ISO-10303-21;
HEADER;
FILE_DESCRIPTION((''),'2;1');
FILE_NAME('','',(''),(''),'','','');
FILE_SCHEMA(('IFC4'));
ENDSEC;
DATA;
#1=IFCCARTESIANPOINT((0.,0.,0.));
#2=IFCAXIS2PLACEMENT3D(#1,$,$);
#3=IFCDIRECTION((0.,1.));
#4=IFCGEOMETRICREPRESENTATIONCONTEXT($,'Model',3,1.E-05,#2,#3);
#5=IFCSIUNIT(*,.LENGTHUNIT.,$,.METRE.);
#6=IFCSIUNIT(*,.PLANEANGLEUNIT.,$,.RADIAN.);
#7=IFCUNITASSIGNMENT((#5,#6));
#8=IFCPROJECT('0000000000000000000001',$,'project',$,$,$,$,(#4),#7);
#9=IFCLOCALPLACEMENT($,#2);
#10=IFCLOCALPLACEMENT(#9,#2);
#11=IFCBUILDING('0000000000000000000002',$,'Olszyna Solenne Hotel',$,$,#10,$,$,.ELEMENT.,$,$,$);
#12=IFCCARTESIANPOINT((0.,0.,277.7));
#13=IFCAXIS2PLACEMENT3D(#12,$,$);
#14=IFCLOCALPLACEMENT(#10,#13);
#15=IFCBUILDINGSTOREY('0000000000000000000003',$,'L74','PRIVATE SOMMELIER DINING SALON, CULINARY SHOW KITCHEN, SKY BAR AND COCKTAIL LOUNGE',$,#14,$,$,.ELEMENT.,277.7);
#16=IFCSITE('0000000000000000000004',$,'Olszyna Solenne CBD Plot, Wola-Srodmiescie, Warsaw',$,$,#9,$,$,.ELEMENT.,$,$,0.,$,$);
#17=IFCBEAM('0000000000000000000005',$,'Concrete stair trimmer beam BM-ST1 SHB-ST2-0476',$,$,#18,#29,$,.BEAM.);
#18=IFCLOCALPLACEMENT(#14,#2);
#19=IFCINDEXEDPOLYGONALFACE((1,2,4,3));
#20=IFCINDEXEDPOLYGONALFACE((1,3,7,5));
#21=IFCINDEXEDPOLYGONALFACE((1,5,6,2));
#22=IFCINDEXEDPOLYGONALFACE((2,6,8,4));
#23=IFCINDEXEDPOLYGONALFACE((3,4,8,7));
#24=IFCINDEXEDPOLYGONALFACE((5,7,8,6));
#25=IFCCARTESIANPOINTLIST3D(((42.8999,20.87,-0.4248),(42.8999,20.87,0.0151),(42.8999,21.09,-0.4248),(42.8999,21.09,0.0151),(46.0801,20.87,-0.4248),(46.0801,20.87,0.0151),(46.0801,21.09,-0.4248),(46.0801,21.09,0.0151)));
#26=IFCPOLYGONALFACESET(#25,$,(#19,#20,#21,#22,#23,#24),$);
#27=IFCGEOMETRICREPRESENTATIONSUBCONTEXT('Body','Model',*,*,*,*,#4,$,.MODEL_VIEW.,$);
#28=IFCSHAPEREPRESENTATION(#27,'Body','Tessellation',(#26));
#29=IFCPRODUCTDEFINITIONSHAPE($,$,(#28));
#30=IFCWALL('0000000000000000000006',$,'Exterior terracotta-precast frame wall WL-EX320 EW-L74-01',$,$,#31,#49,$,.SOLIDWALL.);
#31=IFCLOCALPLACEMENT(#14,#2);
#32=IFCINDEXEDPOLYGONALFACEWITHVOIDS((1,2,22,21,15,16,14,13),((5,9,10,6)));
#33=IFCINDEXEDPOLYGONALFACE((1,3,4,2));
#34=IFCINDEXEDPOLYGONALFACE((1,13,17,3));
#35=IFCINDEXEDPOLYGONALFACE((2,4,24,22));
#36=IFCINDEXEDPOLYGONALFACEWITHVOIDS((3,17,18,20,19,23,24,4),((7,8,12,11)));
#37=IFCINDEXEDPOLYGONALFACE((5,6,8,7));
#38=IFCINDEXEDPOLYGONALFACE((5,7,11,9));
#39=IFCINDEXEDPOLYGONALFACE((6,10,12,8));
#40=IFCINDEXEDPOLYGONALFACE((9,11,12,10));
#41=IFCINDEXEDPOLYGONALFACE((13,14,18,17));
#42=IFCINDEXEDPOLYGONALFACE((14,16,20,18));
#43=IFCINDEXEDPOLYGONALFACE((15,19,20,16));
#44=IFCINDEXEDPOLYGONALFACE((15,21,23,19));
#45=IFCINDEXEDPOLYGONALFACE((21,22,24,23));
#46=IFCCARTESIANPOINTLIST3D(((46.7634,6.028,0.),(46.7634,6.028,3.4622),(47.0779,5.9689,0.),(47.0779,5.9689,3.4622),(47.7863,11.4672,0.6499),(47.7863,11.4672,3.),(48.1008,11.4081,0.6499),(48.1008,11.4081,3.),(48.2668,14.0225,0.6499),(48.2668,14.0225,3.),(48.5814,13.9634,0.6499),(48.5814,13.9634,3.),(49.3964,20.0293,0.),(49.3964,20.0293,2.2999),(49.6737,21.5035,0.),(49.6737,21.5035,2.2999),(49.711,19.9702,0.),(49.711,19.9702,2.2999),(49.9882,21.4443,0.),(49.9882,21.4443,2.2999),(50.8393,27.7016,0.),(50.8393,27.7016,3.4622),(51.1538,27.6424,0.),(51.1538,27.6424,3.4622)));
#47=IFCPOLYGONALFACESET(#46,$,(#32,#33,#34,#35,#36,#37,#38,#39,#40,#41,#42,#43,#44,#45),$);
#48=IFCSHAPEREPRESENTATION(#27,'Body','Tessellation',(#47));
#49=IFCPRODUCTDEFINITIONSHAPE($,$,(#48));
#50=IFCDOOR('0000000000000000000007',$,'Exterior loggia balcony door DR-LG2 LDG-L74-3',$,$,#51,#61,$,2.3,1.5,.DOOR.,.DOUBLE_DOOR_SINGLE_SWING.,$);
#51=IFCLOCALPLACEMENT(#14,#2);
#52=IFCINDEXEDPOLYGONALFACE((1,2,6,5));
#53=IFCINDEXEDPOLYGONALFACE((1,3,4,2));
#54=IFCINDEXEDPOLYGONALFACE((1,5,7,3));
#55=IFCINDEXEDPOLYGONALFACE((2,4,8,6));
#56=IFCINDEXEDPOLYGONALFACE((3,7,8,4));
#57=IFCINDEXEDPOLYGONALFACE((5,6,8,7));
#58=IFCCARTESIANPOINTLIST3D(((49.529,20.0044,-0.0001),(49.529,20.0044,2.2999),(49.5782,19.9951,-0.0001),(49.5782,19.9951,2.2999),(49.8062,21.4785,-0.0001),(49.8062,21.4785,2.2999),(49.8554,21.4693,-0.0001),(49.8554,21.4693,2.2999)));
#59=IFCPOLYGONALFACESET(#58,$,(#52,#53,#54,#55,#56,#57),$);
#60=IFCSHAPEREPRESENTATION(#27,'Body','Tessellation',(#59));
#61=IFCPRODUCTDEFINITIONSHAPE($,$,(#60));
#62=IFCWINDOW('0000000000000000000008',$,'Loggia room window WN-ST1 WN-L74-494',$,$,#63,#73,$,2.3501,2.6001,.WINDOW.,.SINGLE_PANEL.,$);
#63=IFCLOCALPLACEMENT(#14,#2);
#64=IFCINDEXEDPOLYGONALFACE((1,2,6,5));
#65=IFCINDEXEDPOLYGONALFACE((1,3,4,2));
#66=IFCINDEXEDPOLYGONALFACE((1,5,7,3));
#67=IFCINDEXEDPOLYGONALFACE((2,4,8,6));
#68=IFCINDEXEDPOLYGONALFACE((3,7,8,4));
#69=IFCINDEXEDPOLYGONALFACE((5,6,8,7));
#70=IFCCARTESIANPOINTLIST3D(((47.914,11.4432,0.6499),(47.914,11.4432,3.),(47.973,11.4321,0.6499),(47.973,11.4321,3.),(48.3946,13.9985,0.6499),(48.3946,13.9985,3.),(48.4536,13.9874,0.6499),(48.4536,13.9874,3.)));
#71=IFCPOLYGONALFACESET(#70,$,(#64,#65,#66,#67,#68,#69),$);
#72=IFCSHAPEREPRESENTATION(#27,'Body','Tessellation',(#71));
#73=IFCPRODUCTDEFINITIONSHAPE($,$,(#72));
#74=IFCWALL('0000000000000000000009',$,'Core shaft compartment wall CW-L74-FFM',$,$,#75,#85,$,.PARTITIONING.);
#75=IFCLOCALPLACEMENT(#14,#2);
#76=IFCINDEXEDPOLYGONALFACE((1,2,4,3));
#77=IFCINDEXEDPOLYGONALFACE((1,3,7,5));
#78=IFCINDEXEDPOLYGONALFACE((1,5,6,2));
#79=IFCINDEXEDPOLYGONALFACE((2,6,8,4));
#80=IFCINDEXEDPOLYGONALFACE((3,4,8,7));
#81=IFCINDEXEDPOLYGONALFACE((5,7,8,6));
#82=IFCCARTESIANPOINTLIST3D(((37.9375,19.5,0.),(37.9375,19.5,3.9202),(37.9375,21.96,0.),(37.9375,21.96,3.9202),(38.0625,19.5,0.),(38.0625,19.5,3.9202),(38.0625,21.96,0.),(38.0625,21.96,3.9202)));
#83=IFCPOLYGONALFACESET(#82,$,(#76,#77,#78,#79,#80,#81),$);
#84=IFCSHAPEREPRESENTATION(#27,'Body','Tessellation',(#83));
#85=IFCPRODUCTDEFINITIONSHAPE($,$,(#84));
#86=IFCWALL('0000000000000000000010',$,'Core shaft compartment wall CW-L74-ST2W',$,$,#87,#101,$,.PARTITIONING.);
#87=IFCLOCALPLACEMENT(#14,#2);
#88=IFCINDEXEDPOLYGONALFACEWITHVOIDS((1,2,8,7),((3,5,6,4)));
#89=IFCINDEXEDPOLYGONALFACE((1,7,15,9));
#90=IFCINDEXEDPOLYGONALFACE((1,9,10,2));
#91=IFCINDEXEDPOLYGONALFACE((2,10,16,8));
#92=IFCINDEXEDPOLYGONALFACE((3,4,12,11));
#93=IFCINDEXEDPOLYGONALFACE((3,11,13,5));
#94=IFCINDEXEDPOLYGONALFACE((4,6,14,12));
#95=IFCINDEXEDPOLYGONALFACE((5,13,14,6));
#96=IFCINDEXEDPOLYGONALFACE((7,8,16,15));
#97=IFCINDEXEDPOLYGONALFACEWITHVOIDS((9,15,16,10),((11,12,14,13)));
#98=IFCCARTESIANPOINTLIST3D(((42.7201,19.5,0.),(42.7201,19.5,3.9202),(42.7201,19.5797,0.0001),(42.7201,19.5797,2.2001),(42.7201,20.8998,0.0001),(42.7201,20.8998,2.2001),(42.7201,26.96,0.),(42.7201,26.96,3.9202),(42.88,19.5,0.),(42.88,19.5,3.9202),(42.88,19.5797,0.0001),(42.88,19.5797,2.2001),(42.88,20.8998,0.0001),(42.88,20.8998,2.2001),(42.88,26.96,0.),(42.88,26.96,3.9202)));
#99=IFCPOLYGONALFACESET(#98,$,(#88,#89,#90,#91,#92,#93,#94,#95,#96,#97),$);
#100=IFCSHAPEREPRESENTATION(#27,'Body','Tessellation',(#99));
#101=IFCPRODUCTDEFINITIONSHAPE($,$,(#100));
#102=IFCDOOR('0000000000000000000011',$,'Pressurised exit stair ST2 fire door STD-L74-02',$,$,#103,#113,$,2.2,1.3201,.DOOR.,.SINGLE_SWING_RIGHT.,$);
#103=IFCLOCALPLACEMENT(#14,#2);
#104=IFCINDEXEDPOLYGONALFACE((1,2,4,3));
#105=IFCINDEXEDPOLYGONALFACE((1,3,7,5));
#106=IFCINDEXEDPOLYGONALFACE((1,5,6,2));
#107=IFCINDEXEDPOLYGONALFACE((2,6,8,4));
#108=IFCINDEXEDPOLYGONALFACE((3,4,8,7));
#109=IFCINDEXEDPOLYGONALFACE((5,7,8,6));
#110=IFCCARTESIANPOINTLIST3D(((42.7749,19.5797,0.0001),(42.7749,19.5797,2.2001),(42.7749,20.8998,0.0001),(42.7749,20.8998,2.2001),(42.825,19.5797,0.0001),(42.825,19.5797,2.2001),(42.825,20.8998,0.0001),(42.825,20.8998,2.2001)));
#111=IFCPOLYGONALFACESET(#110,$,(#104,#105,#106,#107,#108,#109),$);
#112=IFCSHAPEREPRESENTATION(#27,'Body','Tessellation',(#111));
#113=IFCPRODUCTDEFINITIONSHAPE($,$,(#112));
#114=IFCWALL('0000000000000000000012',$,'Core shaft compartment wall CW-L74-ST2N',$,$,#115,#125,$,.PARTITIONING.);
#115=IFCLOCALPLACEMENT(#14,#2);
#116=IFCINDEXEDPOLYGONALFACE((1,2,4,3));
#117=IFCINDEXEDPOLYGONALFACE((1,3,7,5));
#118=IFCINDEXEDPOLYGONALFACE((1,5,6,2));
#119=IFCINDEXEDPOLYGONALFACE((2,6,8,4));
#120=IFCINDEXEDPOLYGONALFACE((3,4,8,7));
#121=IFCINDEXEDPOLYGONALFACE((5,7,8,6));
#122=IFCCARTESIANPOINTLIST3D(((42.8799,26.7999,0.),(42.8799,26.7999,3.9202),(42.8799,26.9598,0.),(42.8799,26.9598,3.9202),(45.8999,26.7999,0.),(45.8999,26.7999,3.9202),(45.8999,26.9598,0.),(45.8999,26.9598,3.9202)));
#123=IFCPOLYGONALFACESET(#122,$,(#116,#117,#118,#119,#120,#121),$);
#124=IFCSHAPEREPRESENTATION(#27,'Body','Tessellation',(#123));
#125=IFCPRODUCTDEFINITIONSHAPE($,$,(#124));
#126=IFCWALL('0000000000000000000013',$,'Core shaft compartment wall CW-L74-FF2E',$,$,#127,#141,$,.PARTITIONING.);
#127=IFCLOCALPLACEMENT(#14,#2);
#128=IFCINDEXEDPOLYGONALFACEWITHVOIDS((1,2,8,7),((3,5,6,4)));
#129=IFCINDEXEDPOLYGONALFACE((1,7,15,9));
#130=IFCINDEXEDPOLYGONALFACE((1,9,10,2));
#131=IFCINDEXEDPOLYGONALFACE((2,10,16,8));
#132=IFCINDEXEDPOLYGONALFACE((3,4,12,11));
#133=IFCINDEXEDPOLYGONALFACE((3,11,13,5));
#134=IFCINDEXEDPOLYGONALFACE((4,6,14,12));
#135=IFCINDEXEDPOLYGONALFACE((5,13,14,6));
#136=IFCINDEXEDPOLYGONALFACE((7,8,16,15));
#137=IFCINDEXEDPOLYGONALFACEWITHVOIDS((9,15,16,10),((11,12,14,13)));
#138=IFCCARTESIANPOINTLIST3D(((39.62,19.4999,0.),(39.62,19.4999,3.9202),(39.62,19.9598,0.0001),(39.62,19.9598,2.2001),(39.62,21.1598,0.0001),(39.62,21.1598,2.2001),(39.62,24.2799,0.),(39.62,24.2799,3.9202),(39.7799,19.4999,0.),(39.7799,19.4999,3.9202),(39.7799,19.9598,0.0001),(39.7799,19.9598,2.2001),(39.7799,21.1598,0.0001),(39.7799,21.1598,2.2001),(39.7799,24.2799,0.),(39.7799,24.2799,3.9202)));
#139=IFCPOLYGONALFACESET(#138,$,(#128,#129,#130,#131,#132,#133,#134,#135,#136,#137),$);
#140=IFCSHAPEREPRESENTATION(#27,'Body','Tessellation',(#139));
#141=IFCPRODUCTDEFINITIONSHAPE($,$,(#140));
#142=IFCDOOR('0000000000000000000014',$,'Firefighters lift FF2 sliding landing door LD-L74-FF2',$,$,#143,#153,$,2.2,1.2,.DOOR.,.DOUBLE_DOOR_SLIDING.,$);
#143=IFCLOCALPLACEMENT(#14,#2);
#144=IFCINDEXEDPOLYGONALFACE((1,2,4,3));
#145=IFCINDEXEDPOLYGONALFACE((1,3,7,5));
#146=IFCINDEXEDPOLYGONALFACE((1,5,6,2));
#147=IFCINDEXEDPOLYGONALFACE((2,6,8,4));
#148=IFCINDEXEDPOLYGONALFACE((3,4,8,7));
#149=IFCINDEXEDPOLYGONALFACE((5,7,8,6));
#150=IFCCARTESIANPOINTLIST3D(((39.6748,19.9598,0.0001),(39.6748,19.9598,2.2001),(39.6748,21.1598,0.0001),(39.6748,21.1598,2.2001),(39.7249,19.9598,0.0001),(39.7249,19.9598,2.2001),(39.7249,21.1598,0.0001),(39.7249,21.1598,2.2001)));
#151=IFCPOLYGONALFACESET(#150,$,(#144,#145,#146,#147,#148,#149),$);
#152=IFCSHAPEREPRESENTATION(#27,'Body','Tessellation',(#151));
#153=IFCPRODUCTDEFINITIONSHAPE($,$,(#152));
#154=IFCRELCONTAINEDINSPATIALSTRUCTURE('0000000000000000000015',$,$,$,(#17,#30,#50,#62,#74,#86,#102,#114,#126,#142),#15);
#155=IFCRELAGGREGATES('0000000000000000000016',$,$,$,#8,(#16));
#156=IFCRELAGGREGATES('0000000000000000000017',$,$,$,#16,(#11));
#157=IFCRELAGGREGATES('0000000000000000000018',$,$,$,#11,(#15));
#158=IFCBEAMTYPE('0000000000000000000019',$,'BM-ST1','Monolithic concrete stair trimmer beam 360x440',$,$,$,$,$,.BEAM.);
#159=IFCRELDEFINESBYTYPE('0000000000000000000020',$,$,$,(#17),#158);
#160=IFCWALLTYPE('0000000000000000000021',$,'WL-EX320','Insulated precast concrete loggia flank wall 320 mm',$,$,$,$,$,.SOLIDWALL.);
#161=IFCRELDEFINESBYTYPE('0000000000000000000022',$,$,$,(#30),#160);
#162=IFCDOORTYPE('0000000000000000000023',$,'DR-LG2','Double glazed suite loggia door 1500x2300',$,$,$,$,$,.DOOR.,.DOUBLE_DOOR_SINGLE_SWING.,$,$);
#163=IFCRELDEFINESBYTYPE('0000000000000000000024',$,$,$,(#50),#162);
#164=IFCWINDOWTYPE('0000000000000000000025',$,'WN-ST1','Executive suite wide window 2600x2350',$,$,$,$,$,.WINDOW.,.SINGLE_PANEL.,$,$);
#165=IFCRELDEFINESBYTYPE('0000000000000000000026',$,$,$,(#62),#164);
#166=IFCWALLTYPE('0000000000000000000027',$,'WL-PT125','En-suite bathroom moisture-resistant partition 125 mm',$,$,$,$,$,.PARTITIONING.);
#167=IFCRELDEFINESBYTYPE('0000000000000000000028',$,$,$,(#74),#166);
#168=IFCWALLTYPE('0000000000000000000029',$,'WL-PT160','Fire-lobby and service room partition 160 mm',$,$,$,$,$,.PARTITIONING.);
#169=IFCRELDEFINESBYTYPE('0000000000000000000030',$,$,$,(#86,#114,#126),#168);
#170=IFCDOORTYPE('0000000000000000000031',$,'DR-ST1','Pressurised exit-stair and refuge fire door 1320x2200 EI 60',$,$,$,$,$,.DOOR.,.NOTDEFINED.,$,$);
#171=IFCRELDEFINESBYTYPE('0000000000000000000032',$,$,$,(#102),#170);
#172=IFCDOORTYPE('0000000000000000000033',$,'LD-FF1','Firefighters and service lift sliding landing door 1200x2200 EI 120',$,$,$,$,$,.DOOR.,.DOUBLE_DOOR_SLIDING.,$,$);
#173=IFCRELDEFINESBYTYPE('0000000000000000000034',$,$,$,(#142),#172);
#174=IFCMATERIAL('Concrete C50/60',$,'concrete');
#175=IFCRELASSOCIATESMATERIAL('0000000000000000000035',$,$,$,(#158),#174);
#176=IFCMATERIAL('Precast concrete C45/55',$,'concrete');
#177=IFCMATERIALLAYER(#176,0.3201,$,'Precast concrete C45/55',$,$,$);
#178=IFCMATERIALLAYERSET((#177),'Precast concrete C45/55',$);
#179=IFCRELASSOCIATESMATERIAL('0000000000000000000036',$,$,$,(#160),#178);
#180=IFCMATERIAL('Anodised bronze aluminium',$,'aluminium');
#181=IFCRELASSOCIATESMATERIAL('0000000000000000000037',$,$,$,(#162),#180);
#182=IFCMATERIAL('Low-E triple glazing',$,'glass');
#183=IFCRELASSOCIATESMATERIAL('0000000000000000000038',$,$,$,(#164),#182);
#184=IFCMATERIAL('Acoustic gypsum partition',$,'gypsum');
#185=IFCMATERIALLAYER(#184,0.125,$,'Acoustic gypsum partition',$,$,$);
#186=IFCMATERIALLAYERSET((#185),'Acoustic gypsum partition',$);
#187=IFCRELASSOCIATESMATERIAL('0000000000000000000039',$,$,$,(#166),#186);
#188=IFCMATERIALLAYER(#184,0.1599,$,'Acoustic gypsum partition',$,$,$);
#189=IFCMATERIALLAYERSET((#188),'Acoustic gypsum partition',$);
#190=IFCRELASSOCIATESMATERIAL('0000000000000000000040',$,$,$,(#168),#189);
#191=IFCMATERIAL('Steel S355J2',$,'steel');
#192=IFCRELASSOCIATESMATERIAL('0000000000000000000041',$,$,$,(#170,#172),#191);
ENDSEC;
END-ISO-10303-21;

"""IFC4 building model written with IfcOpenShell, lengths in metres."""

from ifc_helpers import new_model, si_unit, direction, frame, frame_2d, origin, origin_2d, place, context, subcontext, project, spatial, rectangle, extrude, source, transform, mapped, material, layer, layer_set, material_profile, profile_set, type_object, type_shapes, element, fill, save


model = new_model("IFC4")

# Units and contexts
model_context = context("Model", 3, precision=1e-05, world=origin(), true_north=direction((0.0, 1.0)))
body_context = subcontext(model_context, "Body", "Model", "MODEL_VIEW")
ifc_project = project(units=[si_unit("LENGTHUNIT", "METRE"), si_unit("PLANEANGLEUNIT", "RADIAN")], contexts=[model_context])

# Site, building, storey
site_placement = place(None, origin())
site = spatial("IfcSite", under=ifc_project, at=site_placement, Name="Olszyna Solenne CBD Plot, Wola-Srodmiescie, Warsaw", CompositionType="ELEMENT", RefElevation=0.0)
building_placement = place(site_placement, origin())
building = spatial("IfcBuilding", under=site, at=building_placement, Name="Olszyna Solenne Hotel", CompositionType="ELEMENT")
storey_placement = place(building_placement, frame((0.0, 0.0, 277.7)))
storey = spatial("IfcBuildingStorey", under=building, at=storey_placement, Name="L74", Description="PRIVATE SOMMELIER DINING SALON, CULINARY SHOW KITCHEN, SKY BAR AND COCKTAIL LOUNGE", CompositionType="ELEMENT", Elevation=277.7)

# Shared definitions
ifc_material_1 = material(Name="Steel S355J2", Category="steel")

# Shared definitions
ifc_material_2 = material(Name="Anodised bronze aluminium", Category="aluminium")

# Beam
ifc_material_3 = material(Name="Concrete C50/60", Category="concrete")
ifc_material_profile_1 = material_profile(ifc_material_3, rectangle(XDim=0.22, YDim=0.4399, at=origin_2d()), Name="RC 220x440", Category="load-bearing")
ifc_profile_set_1 = profile_set([ifc_material_profile_1], Name="Concrete C50/60")
beam_type_1 = type_object("IfcBeamType", Name="BM-ST1", Description="Monolithic concrete stair trimmer beam 360x440", PredefinedType="BEAM", material=ifc_profile_set_1)
shared_shape_1 = source(origin(), body_context, "Body", "SweptSolid", [
    extrude(rectangle(XDim=0.22, YDim=0.4399, at=origin_2d()), origin(), (0.0, 0.0, 1.0), 3.1802),
])
beam_1_placement = place(storey_placement, frame((46.0801, 20.98, -0.2048), z_axis=(-1.0, 0.0, 0.0), x_axis=(0.0, -1.0, 0.0)))
element("IfcBeam", 1, at=beam_1_placement, inside=storey, type_object=beam_type_1, Name="Concrete stair trimmer beam BM-ST1 SHB-ST2-0476", PredefinedType="BEAM", context=body_context, shape_type="MappedRepresentation", body=[
    mapped(shared_shape_1, transform((0.0, 0.0, 0.0), x_axis=(1.0, 0.0, 0.0), y_axis=(0.0, 1.0, 0.0), z_axis=(0.0, 0.0, 1.0), scale=1.0)),
])

# Wall, openings, door, window
ifc_material_4 = material(Name="Precast concrete C45/55", Category="concrete")
ifc_layer_1 = layer(ifc_material_4, 0.3201, Name="Precast concrete C45/55")
ifc_layer_set_1 = layer_set([ifc_layer_1], Name="Precast concrete C45/55")
wall_type_1 = type_object("IfcWallType", Name="WL-EX320", Description="Insulated precast concrete loggia flank wall 320 mm", PredefinedType="SOLIDWALL", material=ifc_layer_set_1)
wall_1_placement = place(storey_placement, frame((50.9966, 27.6721, 0.0), z_axis=(0.0, 0.0, 1.0), x_axis=(-0.18482, -0.982772, 0.0)))
wall_1 = element("IfcWall", 2, at=wall_1_placement, inside=storey, type_object=wall_type_1, Name="Exterior terracotta-precast frame wall WL-EX320 EW-L74-01", PredefinedType="SOLIDWALL", context=body_context, shape_type="SweptSolid", body=[
    extrude(rectangle(XDim=22.0535, YDim=0.3201, at=frame_2d((11.0269, 0.0))), origin(), (0.0, 0.0, 1.0), 3.4622),
])
opening_1_placement = place(wall_1_placement, frame((6.3069, 0.0, 0.0)))
opening_1 = element("IfcOpeningElement", 3, at=opening_1_placement, cuts=wall_1, PredefinedType="OPENING", context=body_context, shape_type="SweptSolid", body=[
    extrude(rectangle(XDim=1.5, YDim=2.3, at=frame_2d((0.75, 1.1499))), frame((0.0, 0.1699, 0.0), z_axis=(0.0, -1.0, 0.0), x_axis=(1.0, 0.0, 0.0)), (0.0, 0.0, 1.0), 0.3401),
])
opening_2_placement = place(wall_1_placement, frame((13.9189, 0.0, 0.6499)))
opening_2 = element("IfcOpeningElement", 4, at=opening_2_placement, cuts=wall_1, PredefinedType="OPENING", context=body_context, shape_type="SweptSolid", body=[
    extrude(rectangle(XDim=2.6001, YDim=2.3501, at=frame_2d((1.3, 1.175))), frame((0.0, 0.1699, 0.0), z_axis=(0.0, -1.0, 0.0), x_axis=(1.0, 0.0, 0.0)), (0.0, 0.0, 1.0), 0.3401),
])
door_type_1 = type_object("IfcDoorType", Name="DR-LG2", Description="Double glazed suite loggia door 1500x2300", OperationType="DOUBLE_DOOR_SINGLE_SWING", PredefinedType="DOOR", material=ifc_material_2)
shared_shape_2 = source(origin(), body_context, "Body", "SweptSolid", [
    extrude(rectangle(XDim=1.5, YDim=2.3, at=frame_2d((0.75, 1.1499))), frame((0.0, 0.0249, 0.0), z_axis=(0.0, -1.0, 0.0), x_axis=(1.0, 0.0, 0.0)), (0.0, 0.0, 1.0), 0.05),
])
type_shapes(door_type_1, [shared_shape_2])
door_1_placement = place(opening_1_placement, origin())
door_1 = element("IfcDoor", 5, at=door_1_placement, inside=storey, type_object=door_type_1, Name="Exterior loggia balcony door DR-LG2 LDG-L74-3", OperationType="DOUBLE_DOOR_SINGLE_SWING", OverallHeight=2.3, OverallWidth=1.5, PredefinedType="DOOR", context=body_context, shape_type="MappedRepresentation", body=[
    mapped(shared_shape_2, transform((0.0, 0.0, 0.0), x_axis=(1.0, 0.0, 0.0), y_axis=(0.0, 1.0, 0.0), z_axis=(0.0, 0.0, 1.0), scale=1.0)),
])
fill(opening_1, door_1)
ifc_material_5 = material(Name="Low-E triple glazing", Category="glass")
window_type = type_object("IfcWindowType", Name="WN-ST1", Description="Executive suite wide window 2600x2350", PartitioningType="SINGLE_PANEL", PredefinedType="WINDOW", material=ifc_material_5)
shared_shape_3 = source(origin(), body_context, "Body", "SweptSolid", [
    extrude(rectangle(XDim=2.6001, YDim=2.3501, at=frame_2d((1.3, 1.175))), frame((0.0, 0.03, 0.0), z_axis=(0.0, -1.0, 0.0), x_axis=(1.0, 0.0, 0.0)), (0.0, 0.0, 1.0), 0.0601),
])
type_shapes(window_type, [shared_shape_3])
window_placement = place(opening_2_placement, origin())
window = element("IfcWindow", 6, at=window_placement, inside=storey, type_object=window_type, Name="Loggia room window WN-ST1 WN-L74-494", OverallHeight=2.3501, OverallWidth=2.6001, PartitioningType="SINGLE_PANEL", PredefinedType="WINDOW", context=body_context, shape_type="MappedRepresentation", body=[
    mapped(shared_shape_3, transform((0.0, 0.0, 0.0), x_axis=(1.0, 0.0, 0.0), y_axis=(0.0, 1.0, 0.0), z_axis=(0.0, 0.0, 1.0), scale=1.0)),
])
fill(opening_2, window)

# Wall
ifc_material_6 = material(Name="Acoustic gypsum partition", Category="gypsum")
ifc_layer_2 = layer(ifc_material_6, 0.125, Name="Acoustic gypsum partition")
ifc_layer_set_2 = layer_set([ifc_layer_2], Name="Acoustic gypsum partition")
wall_type_2 = type_object("IfcWallType", Name="WL-PT125", Description="En-suite bathroom moisture-resistant partition 125 mm", PredefinedType="PARTITIONING", material=ifc_layer_set_2)
wall_2_placement = place(storey_placement, frame((38.0, 19.5, 0.0), z_axis=(0.0, 0.0, 1.0), x_axis=(0.0, 1.0, 0.0)))
element("IfcWall", 7, at=wall_2_placement, inside=storey, type_object=wall_type_2, Name="Core shaft compartment wall CW-L74-FFM", PredefinedType="PARTITIONING", context=body_context, shape_type="SweptSolid", body=[
    extrude(rectangle(XDim=2.46, YDim=0.125, at=frame_2d((1.23, 0.0))), origin(), (0.0, 0.0, 1.0), 3.9202),
])

# Wall, opening, door
ifc_layer_3 = layer(ifc_material_6, 0.1599, Name="Acoustic gypsum partition")
ifc_layer_set_3 = layer_set([ifc_layer_3], Name="Acoustic gypsum partition")
wall_type_3 = type_object("IfcWallType", Name="WL-PT160", Description="Fire-lobby and service room partition 160 mm", PredefinedType="PARTITIONING", material=ifc_layer_set_3)
wall_3_placement = place(storey_placement, frame((42.8, 26.96, 0.0), z_axis=(0.0, 0.0, 1.0), x_axis=(0.0, -1.0, 0.0)))
wall_3 = element("IfcWall", 8, at=wall_3_placement, inside=storey, type_object=wall_type_3, Name="Core shaft compartment wall CW-L74-ST2W", PredefinedType="PARTITIONING", context=body_context, shape_type="SweptSolid", body=[
    extrude(rectangle(XDim=7.46, YDim=0.1599, at=frame_2d((3.73, 0.0))), origin(), (0.0, 0.0, 1.0), 3.9202),
])
opening_3_placement = place(wall_3_placement, frame((6.0601, 0.0, 0.0)))
opening_3 = element("IfcOpeningElement", 9, at=opening_3_placement, cuts=wall_3, PredefinedType="OPENING", context=body_context, shape_type="SweptSolid", body=[
    extrude(rectangle(XDim=1.3201, YDim=2.2, at=frame_2d((0.6602, 1.1001))), frame((0.0, 0.0898, 0.0), z_axis=(0.0, -1.0, 0.0), x_axis=(1.0, 0.0, 0.0)), (0.0, 0.0, 1.0), 0.1799),
])
door_type_2 = type_object("IfcDoorType", Name="DR-ST1", Description="Pressurised exit-stair and refuge fire door 1320x2200 EI 60", OperationType="NOTDEFINED", PredefinedType="DOOR", material=ifc_material_1)
shared_shape_4 = source(origin(), body_context, "Body", "SweptSolid", [
    extrude(rectangle(XDim=1.3201, YDim=2.2, at=frame_2d((0.6602, 1.1001))), frame((0.0, 0.0249, 0.0), z_axis=(0.0, -1.0, 0.0), x_axis=(1.0, 0.0, 0.0)), (0.0, 0.0, 1.0), 0.05),
])
type_shapes(door_type_2, [shared_shape_4])
door_2_placement = place(opening_3_placement, origin())
door_2 = element("IfcDoor", 10, at=door_2_placement, inside=storey, type_object=door_type_2, Name="Pressurised exit stair ST2 fire door STD-L74-02", OperationType="SINGLE_SWING_RIGHT", OverallHeight=2.2, OverallWidth=1.3201, PredefinedType="DOOR", context=body_context, shape_type="MappedRepresentation", body=[
    mapped(shared_shape_4, transform((0.0, 0.0, 0.0), x_axis=(1.0, 0.0, 0.0), y_axis=(0.0, 1.0, 0.0), z_axis=(0.0, 0.0, 1.0), scale=1.0)),
])
fill(opening_3, door_2)

# Wall
wall_4_placement = place(storey_placement, frame((42.8799, 26.8799, 0.0), z_axis=(0.0, 0.0, 1.0), x_axis=(1.0, 0.0, 0.0)))
element("IfcWall", 11, at=wall_4_placement, inside=storey, type_object=wall_type_3, Name="Core shaft compartment wall CW-L74-ST2N", PredefinedType="PARTITIONING", context=body_context, shape_type="SweptSolid", body=[
    extrude(rectangle(XDim=3.02, YDim=0.1599, at=frame_2d((1.51, 0.0))), origin(), (0.0, 0.0, 1.0), 3.9202),
])

# Wall, opening, door
wall_5_placement = place(storey_placement, frame((39.7, 24.28, 0.0), z_axis=(0.0, 0.0, 1.0), x_axis=(0.0, -1.0, 0.0)))
wall_5 = element("IfcWall", 12, at=wall_5_placement, inside=storey, type_object=wall_type_3, Name="Core shaft compartment wall CW-L74-FF2E", PredefinedType="PARTITIONING", context=body_context, shape_type="SweptSolid", body=[
    extrude(rectangle(XDim=4.78, YDim=0.1599, at=frame_2d((2.3901, 0.0))), origin(), (0.0, 0.0, 1.0), 3.9202),
])
opening_4_placement = place(wall_5_placement, frame((3.1201, 0.0, 0.0)))
opening_4 = element("IfcOpeningElement", 13, at=opening_4_placement, cuts=wall_5, PredefinedType="OPENING", context=body_context, shape_type="SweptSolid", body=[
    extrude(rectangle(XDim=1.2, YDim=2.2, at=frame_2d((0.6001, 1.1001))), frame((0.0, 0.0898, 0.0), z_axis=(0.0, -1.0, 0.0), x_axis=(1.0, 0.0, 0.0)), (0.0, 0.0, 1.0), 0.1799),
])
door_type_3 = type_object("IfcDoorType", Name="LD-FF1", Description="Firefighters and service lift sliding landing door 1200x2200 EI 120", OperationType="DOUBLE_DOOR_SLIDING", PredefinedType="DOOR", material=ifc_material_1)
shared_shape_5 = source(origin(), body_context, "Body", "SweptSolid", [
    extrude(rectangle(XDim=1.2, YDim=2.2, at=frame_2d((0.6001, 1.1001))), frame((0.0, 0.0249, 0.0), z_axis=(0.0, -1.0, 0.0), x_axis=(1.0, 0.0, 0.0)), (0.0, 0.0, 1.0), 0.05),
])
type_shapes(door_type_3, [shared_shape_5])
door_3_placement = place(opening_4_placement, origin())
door_3 = element("IfcDoor", 14, at=door_3_placement, inside=storey, type_object=door_type_3, Name="Firefighters lift FF2 sliding landing door LD-L74-FF2", OperationType="DOUBLE_DOOR_SLIDING", OverallHeight=2.2, OverallWidth=1.2, PredefinedType="DOOR", context=body_context, shape_type="MappedRepresentation", body=[
    mapped(shared_shape_5, transform((0.0, 0.0, 0.0), x_axis=(1.0, 0.0, 0.0), y_axis=(0.0, 1.0, 0.0), z_axis=(0.0, 0.0, 1.0), scale=1.0)),
])
fill(opening_4, door_3)

save(model, "model.ifc")
